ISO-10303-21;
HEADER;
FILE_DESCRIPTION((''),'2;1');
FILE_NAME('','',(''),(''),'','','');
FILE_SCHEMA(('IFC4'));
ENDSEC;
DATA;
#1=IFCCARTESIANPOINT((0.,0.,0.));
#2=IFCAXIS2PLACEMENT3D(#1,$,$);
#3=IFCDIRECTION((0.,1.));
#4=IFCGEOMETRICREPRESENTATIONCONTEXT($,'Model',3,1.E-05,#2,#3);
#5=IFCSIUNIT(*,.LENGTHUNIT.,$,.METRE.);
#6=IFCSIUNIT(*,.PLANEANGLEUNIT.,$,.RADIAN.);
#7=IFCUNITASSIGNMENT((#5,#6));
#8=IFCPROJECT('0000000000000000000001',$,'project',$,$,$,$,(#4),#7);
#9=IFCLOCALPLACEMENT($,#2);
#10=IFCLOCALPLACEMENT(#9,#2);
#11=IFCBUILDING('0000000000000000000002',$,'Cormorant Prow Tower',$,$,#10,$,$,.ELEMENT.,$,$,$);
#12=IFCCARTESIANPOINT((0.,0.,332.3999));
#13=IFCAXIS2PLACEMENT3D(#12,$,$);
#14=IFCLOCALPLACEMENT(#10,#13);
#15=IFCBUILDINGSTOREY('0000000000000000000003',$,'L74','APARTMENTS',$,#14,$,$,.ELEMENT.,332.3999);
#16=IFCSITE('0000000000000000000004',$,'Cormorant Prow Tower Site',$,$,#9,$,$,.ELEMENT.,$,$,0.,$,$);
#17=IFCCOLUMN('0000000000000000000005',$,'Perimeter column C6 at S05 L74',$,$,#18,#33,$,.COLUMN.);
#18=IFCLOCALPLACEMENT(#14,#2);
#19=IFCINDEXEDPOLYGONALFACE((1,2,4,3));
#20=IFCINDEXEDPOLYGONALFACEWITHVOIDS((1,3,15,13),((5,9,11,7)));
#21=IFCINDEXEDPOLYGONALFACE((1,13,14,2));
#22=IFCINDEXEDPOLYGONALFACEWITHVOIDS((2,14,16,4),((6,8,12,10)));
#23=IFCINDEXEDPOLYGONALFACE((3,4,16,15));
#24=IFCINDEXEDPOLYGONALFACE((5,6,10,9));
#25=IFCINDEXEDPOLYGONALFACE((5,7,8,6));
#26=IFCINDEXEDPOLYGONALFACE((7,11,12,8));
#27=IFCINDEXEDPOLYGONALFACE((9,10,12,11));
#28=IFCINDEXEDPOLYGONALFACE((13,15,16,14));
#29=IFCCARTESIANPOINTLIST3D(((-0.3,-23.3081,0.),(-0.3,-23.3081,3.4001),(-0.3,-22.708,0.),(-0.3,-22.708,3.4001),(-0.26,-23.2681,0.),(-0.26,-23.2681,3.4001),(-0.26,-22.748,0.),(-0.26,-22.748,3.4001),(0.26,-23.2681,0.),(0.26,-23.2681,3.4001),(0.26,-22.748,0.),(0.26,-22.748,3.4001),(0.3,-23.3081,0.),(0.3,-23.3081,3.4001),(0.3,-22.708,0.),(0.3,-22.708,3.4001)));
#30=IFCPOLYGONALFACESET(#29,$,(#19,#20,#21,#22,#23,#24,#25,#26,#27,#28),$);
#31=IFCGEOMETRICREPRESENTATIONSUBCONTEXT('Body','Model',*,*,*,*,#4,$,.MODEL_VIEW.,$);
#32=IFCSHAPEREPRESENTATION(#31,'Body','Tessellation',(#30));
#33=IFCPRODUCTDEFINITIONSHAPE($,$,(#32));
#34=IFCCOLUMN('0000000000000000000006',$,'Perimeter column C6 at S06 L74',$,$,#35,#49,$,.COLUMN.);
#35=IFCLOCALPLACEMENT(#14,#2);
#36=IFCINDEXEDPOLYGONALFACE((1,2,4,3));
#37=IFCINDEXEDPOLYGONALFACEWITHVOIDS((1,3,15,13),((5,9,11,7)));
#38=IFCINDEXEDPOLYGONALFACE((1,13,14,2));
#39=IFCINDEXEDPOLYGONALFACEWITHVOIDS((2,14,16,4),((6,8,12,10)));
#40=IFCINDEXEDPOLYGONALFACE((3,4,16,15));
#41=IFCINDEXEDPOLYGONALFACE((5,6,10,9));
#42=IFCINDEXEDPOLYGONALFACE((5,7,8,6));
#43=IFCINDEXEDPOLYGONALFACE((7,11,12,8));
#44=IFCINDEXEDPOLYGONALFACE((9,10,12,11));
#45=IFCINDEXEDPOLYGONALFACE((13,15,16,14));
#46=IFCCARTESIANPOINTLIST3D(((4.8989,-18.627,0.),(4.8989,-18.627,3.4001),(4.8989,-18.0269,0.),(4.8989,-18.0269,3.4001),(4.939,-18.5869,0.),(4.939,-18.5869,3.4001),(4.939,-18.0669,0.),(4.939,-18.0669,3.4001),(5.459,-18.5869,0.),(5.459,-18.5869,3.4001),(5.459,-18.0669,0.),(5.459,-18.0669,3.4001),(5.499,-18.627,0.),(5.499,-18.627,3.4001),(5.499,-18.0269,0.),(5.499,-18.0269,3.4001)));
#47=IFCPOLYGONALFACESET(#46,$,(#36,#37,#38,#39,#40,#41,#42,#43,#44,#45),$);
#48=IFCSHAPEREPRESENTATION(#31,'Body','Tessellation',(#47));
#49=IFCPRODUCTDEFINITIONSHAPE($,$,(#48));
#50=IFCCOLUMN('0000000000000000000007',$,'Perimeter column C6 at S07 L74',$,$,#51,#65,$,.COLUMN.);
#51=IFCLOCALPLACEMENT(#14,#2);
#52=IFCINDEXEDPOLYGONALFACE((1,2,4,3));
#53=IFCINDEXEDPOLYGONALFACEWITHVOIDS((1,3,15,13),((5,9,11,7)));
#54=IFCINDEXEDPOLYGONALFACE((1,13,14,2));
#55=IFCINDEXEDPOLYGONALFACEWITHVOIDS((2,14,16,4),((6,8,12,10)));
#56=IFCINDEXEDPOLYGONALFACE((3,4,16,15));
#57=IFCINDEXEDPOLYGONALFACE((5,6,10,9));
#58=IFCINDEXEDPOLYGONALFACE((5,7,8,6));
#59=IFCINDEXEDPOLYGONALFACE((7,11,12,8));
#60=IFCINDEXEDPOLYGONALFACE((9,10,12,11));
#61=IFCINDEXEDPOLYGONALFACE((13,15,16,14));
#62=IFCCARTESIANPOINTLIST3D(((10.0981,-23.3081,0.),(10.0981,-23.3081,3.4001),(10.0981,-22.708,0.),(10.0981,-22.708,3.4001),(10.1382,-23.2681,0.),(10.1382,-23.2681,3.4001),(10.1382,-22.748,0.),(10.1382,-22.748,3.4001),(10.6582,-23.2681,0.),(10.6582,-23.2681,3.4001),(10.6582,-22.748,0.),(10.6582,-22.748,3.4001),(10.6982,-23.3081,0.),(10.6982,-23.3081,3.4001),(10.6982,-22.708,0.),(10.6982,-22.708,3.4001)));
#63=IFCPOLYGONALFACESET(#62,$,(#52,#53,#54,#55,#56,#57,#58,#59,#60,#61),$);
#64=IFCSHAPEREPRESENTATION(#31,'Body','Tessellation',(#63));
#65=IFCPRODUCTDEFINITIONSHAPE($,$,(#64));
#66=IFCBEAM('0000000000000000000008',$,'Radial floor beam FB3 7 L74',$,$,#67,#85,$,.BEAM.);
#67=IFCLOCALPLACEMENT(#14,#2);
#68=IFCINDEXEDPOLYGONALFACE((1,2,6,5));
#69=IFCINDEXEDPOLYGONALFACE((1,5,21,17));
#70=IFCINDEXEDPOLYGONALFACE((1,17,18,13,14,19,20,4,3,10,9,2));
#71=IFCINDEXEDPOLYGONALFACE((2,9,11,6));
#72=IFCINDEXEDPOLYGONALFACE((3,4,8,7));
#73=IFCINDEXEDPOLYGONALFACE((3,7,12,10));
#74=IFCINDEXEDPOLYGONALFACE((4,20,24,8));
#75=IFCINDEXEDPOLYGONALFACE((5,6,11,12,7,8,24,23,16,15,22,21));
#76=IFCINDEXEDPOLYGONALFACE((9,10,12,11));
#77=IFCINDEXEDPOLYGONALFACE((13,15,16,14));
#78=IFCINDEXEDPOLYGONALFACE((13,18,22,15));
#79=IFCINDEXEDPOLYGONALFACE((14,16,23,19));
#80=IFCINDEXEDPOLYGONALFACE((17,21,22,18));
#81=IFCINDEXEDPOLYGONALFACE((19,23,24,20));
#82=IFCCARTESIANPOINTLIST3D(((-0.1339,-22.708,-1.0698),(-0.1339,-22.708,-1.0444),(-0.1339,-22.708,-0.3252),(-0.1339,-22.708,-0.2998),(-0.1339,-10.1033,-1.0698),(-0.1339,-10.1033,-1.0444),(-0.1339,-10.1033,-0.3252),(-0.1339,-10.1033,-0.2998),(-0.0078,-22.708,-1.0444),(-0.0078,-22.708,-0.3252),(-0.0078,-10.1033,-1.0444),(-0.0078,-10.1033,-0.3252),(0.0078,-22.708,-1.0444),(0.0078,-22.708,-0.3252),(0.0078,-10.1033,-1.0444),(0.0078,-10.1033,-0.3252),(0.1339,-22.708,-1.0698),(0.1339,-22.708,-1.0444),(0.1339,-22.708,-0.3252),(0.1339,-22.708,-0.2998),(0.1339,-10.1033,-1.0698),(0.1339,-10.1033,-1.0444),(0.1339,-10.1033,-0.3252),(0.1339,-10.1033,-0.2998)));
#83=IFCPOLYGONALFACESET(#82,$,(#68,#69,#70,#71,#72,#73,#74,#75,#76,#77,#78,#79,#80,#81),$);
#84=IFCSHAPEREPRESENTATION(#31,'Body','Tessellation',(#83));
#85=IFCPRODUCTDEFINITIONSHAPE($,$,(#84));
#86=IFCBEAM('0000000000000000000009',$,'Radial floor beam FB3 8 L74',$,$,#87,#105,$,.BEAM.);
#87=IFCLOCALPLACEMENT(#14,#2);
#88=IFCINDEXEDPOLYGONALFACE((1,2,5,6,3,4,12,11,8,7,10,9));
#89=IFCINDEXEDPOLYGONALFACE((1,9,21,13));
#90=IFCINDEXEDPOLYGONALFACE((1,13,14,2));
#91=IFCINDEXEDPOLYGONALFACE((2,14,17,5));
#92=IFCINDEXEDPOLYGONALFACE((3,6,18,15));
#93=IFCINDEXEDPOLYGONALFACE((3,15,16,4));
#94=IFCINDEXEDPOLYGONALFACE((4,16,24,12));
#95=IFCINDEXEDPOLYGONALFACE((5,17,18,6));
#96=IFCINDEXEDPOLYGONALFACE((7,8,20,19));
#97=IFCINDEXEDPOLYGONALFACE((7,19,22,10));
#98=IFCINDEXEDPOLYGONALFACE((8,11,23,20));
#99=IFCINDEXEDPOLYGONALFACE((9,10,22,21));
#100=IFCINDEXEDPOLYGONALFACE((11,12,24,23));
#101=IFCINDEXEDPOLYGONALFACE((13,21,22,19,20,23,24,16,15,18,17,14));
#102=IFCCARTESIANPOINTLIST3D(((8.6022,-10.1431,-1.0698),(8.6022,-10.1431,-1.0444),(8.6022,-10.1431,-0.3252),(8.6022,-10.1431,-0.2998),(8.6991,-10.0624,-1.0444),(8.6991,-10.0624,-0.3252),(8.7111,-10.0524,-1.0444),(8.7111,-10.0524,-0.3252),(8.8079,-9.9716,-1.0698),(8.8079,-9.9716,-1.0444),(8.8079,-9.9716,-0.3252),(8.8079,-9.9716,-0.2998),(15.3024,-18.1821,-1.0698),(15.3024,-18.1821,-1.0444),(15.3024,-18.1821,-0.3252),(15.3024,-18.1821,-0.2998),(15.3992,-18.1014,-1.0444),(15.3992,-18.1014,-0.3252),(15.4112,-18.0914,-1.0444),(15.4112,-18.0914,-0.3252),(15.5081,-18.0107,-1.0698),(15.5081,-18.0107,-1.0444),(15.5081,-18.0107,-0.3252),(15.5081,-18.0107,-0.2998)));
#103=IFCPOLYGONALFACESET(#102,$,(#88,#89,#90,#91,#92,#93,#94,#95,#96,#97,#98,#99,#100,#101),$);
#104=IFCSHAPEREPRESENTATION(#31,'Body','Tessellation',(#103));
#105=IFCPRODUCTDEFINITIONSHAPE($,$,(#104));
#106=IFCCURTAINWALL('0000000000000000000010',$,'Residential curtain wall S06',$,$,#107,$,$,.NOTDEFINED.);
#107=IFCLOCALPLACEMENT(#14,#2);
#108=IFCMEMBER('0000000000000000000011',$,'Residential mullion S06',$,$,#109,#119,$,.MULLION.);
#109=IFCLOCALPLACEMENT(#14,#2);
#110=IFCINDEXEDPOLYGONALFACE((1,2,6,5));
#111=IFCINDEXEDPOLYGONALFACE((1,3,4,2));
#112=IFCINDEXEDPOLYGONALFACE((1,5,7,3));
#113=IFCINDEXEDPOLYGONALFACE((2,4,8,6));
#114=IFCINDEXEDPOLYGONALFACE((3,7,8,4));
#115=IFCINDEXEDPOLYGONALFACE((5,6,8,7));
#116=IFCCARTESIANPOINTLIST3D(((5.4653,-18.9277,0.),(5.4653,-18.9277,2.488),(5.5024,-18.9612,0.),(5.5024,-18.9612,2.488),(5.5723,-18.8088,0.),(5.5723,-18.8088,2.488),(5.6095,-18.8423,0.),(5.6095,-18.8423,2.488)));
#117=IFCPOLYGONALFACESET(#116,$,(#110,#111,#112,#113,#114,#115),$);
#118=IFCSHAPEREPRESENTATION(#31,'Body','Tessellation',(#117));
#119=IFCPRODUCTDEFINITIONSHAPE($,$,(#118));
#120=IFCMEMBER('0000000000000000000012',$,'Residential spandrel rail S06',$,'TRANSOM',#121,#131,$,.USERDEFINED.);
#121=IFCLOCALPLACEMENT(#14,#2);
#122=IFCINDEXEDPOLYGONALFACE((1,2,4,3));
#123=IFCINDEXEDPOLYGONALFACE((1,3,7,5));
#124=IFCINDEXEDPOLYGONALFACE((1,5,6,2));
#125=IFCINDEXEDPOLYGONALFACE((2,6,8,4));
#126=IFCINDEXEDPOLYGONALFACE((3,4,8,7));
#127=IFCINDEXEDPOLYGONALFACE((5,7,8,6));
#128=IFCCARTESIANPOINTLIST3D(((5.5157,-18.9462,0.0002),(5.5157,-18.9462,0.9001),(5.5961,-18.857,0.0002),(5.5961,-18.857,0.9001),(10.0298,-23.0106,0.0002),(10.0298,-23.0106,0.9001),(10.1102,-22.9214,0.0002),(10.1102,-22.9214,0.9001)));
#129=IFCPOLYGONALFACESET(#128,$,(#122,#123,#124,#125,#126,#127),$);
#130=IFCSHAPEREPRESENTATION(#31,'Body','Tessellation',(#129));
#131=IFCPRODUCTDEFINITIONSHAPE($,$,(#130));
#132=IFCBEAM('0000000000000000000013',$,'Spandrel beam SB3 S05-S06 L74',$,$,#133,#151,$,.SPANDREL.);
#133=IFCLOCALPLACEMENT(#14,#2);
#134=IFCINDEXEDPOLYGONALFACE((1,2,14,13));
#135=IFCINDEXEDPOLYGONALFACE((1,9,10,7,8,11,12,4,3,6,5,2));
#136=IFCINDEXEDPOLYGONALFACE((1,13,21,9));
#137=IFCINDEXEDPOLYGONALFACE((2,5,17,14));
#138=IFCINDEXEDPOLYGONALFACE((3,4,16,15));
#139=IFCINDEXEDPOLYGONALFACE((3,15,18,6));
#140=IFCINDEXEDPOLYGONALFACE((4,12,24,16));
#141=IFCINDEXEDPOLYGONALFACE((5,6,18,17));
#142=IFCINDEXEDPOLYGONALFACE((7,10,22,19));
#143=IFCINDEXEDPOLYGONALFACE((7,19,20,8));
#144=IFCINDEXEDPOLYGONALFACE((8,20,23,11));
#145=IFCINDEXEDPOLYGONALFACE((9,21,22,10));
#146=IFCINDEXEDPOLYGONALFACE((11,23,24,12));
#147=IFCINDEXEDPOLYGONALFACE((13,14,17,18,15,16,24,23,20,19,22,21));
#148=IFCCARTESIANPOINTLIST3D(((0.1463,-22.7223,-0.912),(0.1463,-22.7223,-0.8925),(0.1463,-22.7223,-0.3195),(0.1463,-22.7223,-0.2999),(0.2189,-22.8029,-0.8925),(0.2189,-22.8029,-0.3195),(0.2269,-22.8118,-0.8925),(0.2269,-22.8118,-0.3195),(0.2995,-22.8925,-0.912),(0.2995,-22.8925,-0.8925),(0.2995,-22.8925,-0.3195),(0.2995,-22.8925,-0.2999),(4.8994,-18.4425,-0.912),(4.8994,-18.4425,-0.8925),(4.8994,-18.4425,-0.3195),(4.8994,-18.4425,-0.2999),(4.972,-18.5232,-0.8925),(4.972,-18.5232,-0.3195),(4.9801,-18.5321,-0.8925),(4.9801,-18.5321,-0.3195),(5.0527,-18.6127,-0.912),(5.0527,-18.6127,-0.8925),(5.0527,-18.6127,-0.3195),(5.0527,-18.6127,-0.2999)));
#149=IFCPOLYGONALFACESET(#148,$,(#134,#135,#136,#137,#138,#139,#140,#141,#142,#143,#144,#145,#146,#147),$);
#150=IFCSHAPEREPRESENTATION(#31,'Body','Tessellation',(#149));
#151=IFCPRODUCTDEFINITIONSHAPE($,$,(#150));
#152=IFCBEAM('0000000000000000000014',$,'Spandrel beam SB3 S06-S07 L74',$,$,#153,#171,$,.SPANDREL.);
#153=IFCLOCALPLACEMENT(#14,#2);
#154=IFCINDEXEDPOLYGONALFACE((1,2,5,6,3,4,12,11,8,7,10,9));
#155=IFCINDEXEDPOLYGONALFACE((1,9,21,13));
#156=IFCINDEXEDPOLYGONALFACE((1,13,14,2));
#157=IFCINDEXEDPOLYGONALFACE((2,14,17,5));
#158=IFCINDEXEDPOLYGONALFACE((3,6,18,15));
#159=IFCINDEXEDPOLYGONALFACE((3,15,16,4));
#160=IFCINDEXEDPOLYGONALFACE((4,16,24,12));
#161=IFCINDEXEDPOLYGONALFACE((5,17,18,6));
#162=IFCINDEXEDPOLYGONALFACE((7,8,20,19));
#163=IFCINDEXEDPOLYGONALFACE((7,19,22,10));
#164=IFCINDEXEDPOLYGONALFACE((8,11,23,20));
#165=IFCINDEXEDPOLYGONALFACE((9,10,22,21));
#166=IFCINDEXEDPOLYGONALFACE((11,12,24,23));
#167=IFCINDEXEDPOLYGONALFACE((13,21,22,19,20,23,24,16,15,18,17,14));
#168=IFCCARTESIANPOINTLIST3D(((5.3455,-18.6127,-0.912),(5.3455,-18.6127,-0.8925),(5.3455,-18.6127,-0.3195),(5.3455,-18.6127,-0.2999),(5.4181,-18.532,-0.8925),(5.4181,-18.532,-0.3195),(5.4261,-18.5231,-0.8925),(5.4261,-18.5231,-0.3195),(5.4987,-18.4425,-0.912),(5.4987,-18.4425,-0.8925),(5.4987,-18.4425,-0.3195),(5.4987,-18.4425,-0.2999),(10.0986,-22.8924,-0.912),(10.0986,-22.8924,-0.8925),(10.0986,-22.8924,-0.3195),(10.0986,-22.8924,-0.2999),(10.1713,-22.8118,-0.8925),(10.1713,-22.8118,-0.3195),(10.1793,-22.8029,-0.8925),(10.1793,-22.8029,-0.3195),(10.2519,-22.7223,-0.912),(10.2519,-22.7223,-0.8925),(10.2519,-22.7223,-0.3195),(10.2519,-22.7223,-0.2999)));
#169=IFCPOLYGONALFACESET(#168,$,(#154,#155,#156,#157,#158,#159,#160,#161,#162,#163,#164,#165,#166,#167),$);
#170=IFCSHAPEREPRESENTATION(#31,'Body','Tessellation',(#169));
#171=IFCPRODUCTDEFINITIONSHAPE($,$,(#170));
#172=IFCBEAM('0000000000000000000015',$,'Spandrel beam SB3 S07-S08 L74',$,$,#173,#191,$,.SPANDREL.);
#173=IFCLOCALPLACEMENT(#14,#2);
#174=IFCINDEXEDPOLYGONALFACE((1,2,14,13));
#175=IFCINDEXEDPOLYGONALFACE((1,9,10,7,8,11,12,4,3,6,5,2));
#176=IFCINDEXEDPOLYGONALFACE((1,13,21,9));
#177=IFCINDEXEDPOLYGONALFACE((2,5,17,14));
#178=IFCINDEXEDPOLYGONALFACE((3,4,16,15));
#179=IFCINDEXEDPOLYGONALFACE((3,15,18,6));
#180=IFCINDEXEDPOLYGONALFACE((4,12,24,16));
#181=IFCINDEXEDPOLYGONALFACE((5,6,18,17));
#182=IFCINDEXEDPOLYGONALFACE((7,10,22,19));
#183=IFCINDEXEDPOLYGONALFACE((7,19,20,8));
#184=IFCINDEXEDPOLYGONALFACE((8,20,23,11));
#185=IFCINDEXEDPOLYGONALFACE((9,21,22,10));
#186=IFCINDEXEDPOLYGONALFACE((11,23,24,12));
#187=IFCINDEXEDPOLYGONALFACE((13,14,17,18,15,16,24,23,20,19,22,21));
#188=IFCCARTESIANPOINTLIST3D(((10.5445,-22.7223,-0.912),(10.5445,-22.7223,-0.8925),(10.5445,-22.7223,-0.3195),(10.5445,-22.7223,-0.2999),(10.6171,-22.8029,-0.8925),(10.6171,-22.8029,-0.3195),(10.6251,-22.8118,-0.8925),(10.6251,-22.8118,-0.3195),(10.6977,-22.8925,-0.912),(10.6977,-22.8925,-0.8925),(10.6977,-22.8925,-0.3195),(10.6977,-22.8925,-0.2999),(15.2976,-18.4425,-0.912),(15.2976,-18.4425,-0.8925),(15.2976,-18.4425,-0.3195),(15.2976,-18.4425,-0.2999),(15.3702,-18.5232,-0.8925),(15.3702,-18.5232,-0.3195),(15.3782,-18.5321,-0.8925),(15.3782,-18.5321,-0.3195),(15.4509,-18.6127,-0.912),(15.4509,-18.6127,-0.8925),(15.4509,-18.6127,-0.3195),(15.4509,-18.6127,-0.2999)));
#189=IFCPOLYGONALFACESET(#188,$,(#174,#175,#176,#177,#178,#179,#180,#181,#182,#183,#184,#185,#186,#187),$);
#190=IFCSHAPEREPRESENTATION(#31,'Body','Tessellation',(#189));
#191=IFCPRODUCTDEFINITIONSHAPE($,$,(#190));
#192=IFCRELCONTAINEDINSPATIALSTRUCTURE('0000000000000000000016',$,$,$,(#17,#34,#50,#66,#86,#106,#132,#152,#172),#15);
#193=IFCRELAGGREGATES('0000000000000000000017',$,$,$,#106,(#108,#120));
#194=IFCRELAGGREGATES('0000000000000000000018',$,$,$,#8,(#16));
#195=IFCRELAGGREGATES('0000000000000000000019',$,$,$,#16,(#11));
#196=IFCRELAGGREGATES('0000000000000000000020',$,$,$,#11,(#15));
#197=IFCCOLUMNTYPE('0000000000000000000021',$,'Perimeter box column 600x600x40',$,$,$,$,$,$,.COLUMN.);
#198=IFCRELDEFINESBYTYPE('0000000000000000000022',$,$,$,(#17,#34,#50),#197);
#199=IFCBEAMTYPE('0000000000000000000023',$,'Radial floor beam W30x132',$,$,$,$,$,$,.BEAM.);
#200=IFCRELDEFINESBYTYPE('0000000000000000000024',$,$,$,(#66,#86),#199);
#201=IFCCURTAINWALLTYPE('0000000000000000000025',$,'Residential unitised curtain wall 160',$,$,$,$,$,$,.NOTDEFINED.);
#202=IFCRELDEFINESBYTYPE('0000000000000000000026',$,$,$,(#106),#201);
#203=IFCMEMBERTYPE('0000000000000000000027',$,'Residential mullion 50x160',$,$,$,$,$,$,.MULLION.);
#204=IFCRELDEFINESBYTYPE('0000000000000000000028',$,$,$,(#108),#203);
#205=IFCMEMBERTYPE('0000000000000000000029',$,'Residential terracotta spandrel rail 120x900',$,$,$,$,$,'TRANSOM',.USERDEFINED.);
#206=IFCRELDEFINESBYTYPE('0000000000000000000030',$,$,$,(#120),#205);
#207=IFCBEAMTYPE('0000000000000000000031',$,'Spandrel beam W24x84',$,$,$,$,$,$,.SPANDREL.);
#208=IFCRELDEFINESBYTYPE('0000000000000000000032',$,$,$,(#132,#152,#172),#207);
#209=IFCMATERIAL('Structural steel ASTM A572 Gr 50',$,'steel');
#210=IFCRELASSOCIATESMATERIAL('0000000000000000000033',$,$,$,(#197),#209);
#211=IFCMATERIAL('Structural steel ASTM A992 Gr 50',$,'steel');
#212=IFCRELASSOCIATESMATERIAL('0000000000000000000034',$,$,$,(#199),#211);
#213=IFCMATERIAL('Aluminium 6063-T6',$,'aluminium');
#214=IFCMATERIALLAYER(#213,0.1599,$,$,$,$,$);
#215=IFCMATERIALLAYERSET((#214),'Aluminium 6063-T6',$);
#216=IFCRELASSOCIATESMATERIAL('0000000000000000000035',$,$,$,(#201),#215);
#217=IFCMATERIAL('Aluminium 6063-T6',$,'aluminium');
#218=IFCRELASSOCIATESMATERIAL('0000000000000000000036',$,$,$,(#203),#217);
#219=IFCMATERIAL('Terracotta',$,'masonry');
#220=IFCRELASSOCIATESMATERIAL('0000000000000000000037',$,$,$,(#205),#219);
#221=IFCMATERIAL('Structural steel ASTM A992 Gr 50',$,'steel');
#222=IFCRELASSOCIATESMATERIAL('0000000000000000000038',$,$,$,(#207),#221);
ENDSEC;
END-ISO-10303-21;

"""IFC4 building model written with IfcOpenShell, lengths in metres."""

from ifc_helpers import new_model, si_unit, direction, frame, origin, origin_2d, place, context, subcontext, project, spatial, rectangle, hollow_rectangle, i_section, extrude, material, layer, layer_set, material_profile, profile_set, type_object, element, aggregate, save


model = new_model("IFC4")

# Units and contexts
model_context = context("Model", 3, precision=1e-05, world=origin(), true_north=direction((0.0, 1.0)))
body_context = subcontext(model_context, "Body", "Model", "MODEL_VIEW")
ifc_project = project(units=[si_unit("LENGTHUNIT", "METRE"), si_unit("PLANEANGLEUNIT", "RADIAN")], contexts=[model_context])

# Site, building, storey
site_placement = place(None, origin())
site = spatial("IfcSite", under=ifc_project, at=site_placement, Name="Cormorant Prow Tower Site", CompositionType="ELEMENT", RefElevation=0.0)
building_placement = place(site_placement, origin())
building = spatial("IfcBuilding", under=site, at=building_placement, Name="Cormorant Prow Tower", CompositionType="ELEMENT")
storey_placement = place(building_placement, frame((0.0, 0.0, 332.3999)))
storey = spatial("IfcBuildingStorey", under=building, at=storey_placement, Name="L74", Description="APARTMENTS", CompositionType="ELEMENT", Elevation=332.3999)

# Columns
ifc_material_1 = material(Name="Structural steel ASTM A572 Gr 50", Category="steel")
ifc_material_profile_1 = material_profile(ifc_material_1, hollow_rectangle(XDim=0.6001, YDim=0.6001, WallThickness=0.04, at=origin_2d()), Name="Box 600x600x40")
ifc_profile_set_1 = profile_set([ifc_material_profile_1], Name="Structural steel ASTM A572 Gr 50")
column_type = type_object("IfcColumnType", Name="Perimeter box column 600x600x40", PredefinedType="COLUMN", material=ifc_profile_set_1)
for number, where, z_axis, x_axis, name in (
    (1, (0.0, -23.0081, 0.0), (0.0, 0.0, 1.0), (1.0, 0.0, 0.0), "Perimeter column C6 at S05 L74"),
    (2, (5.199, -18.3269, 0.0), (0.0, 0.0, 1.0), (1.0, 0.0, 0.0), "Perimeter column C6 at S06 L74"),
    (3, (10.3982, -23.0081, 0.0), (0.0, 0.0, 1.0), (1.0, 0.0, 0.0), "Perimeter column C6 at S07 L74"),
):
    element("IfcColumn", number, at=place(storey_placement, frame(where, z_axis=z_axis, x_axis=x_axis)), inside=storey, type_object=column_type, Name=name, PredefinedType="COLUMN", context=body_context, shape_type="SweptSolid", body=[
        extrude(hollow_rectangle(XDim=0.6001, YDim=0.6001, WallThickness=0.04, at=origin_2d()), origin(), (0.0, 0.0, 1.0), 3.4001),
    ])

# Beams
ifc_material_2 = material(Name="Structural steel ASTM A992 Gr 50", Category="steel")
ifc_material_profile_2 = material_profile(ifc_material_2, i_section(OverallWidth=0.2678, OverallDepth=0.77, WebThickness=0.0156, FlangeThickness=0.0254, at=origin_2d()), Name="W30x132")
ifc_profile_set_2 = profile_set([ifc_material_profile_2], Name="Structural steel ASTM A992 Gr 50")
beam_type_1 = type_object("IfcBeamType", Name="Radial floor beam W30x132", PredefinedType="BEAM", material=ifc_profile_set_2)
beam_1_placement = place(storey_placement, frame((0.0, -10.1033, -0.6848), z_axis=(0.0, -1.0, 0.0), x_axis=(1.0, 0.0, 0.0)))
element("IfcBeam", 4, at=beam_1_placement, inside=storey, type_object=beam_type_1, Name="Radial floor beam FB3 7 L74", PredefinedType="BEAM", context=body_context, shape_type="SweptSolid", body=[
    extrude(i_section(OverallWidth=0.2678, OverallDepth=0.77, WebThickness=0.0156, FlangeThickness=0.0254, at=origin_2d()), origin(), (0.0, 0.0, 1.0), 12.6047),
])
beam_2_placement = place(storey_placement, frame((8.7051, -10.0574, -0.6848), z_axis=(0.640239, -0.768175, 0.0), x_axis=(0.768175, 0.640239, 0.0)))
element("IfcBeam", 5, at=beam_2_placement, inside=storey, type_object=beam_type_1, Name="Radial floor beam FB3 8 L74", PredefinedType="BEAM", context=body_context, shape_type="SweptSolid", body=[
    extrude(i_section(OverallWidth=0.2678, OverallDepth=0.77, WebThickness=0.0156, FlangeThickness=0.0254, at=origin_2d()), origin(), (0.0, 0.0, 1.0), 10.4651),
])

# Curtain wall, members
ifc_material_3 = material(Name="Aluminium 6063-T6", Category="aluminium")
ifc_layer_1 = layer(ifc_material_3, 0.1599)
ifc_layer_set_1 = layer_set([ifc_layer_1], Name="Aluminium 6063-T6")
curtain_wall_type = type_object("IfcCurtainWallType", Name="Residential unitised curtain wall 160", PredefinedType="NOTDEFINED", material=ifc_layer_set_1)
curtain_wall_placement = place(storey_placement, origin())
curtain_wall = element("IfcCurtainWall", 6, at=curtain_wall_placement, inside=storey, type_object=curtain_wall_type, Name="Residential curtain wall S06", PredefinedType="NOTDEFINED")
ifc_material_4 = material(Name="Aluminium 6063-T6", Category="aluminium")
ifc_material_profile_3 = material_profile(ifc_material_4, rectangle(XDim=0.1599, YDim=0.05, at=origin_2d()), Name="Residential mullion 50x160")
ifc_profile_set_3 = profile_set([ifc_material_profile_3], Name="Aluminium 6063-T6")
member_type_1 = type_object("IfcMemberType", Name="Residential mullion 50x160", PredefinedType="MULLION", material=ifc_profile_set_3)
member_1_placement = place(storey_placement, frame((5.5374, -18.885, 0.0), z_axis=(0.0, 0.0, 1.0), x_axis=(0.669131, 0.743145, 0.0)))
member_1 = element("IfcMember", 7, at=member_1_placement, type_object=member_type_1, Name="Residential mullion S06", PredefinedType="MULLION", context=body_context, shape_type="SweptSolid", body=[
    extrude(rectangle(XDim=0.1599, YDim=0.05, at=origin_2d()), origin(), (0.0, 0.0, 1.0), 2.488),
])
ifc_material_5 = material(Name="Terracotta", Category="masonry")
ifc_material_profile_4 = material_profile(ifc_material_5, rectangle(XDim=0.1201, YDim=0.8999, at=origin_2d()), Name="Residential terracotta spandrel rail 120x900")
ifc_profile_set_4 = profile_set([ifc_material_profile_4], Name="Terracotta")
member_type_2 = type_object("IfcMemberType", Name="Residential terracotta spandrel rail 120x900", ElementType="TRANSOM", PredefinedType="USERDEFINED", material=ifc_profile_set_4)
member_2_placement = place(storey_placement, frame((5.5559, -18.9016, 0.4502), z_axis=(0.743154, -0.66912, 0.0), x_axis=(0.66912, 0.743154, 0.0)))
member_2 = element("IfcMember", 8, at=member_2_placement, type_object=member_type_2, Name="Residential spandrel rail S06", ObjectType="TRANSOM", PredefinedType="USERDEFINED", context=body_context, shape_type="SweptSolid", body=[
    extrude(rectangle(XDim=0.1201, YDim=0.8999, at=origin_2d()), origin(), (0.0, 0.0, 1.0), 6.0742),
])

# Beams
ifc_material_6 = material(Name="Structural steel ASTM A992 Gr 50", Category="steel")
ifc_material_profile_5 = material_profile(ifc_material_6, i_section(OverallWidth=0.229, OverallDepth=0.6121, WebThickness=0.012, FlangeThickness=0.0195, at=origin_2d()), Name="W24x84")
ifc_profile_set_5 = profile_set([ifc_material_profile_5], Name="Structural steel ASTM A992 Gr 50")
beam_type_2 = type_object("IfcBeamType", Name="Spandrel beam W24x84", PredefinedType="SPANDREL", material=ifc_profile_set_5)
for number, where, z_axis, x_axis, name in (
    (9, (0.2229, -22.8074, -0.606), (0.743144, 0.669131, 0.0), (-0.669131, 0.743144, 0.0), "Spandrel beam SB3 S05-S06 L74"),
    (10, (5.4221, -18.5276, -0.606), (0.743144, -0.669131, 0.0), (0.669131, 0.743144, 0.0), "Spandrel beam SB3 S06-S07 L74"),
    (11, (10.6211, -22.8074, -0.606), (0.743144, 0.669131, 0.0), (-0.669131, 0.743144, 0.0), "Spandrel beam SB3 S07-S08 L74"),
):
    element("IfcBeam", number, at=place(storey_placement, frame(where, z_axis=z_axis, x_axis=x_axis)), inside=storey, type_object=beam_type_2, Name=name, PredefinedType="SPANDREL", context=body_context, shape_type="SweptSolid", body=[
        extrude(i_section(OverallWidth=0.229, OverallDepth=0.6121, WebThickness=0.012, FlangeThickness=0.0195, at=origin_2d()), origin(), (0.0, 0.0, 1.0), 6.396),
    ])

aggregate(curtain_wall, [member_1, member_2])

save(model, "model.ifc")
